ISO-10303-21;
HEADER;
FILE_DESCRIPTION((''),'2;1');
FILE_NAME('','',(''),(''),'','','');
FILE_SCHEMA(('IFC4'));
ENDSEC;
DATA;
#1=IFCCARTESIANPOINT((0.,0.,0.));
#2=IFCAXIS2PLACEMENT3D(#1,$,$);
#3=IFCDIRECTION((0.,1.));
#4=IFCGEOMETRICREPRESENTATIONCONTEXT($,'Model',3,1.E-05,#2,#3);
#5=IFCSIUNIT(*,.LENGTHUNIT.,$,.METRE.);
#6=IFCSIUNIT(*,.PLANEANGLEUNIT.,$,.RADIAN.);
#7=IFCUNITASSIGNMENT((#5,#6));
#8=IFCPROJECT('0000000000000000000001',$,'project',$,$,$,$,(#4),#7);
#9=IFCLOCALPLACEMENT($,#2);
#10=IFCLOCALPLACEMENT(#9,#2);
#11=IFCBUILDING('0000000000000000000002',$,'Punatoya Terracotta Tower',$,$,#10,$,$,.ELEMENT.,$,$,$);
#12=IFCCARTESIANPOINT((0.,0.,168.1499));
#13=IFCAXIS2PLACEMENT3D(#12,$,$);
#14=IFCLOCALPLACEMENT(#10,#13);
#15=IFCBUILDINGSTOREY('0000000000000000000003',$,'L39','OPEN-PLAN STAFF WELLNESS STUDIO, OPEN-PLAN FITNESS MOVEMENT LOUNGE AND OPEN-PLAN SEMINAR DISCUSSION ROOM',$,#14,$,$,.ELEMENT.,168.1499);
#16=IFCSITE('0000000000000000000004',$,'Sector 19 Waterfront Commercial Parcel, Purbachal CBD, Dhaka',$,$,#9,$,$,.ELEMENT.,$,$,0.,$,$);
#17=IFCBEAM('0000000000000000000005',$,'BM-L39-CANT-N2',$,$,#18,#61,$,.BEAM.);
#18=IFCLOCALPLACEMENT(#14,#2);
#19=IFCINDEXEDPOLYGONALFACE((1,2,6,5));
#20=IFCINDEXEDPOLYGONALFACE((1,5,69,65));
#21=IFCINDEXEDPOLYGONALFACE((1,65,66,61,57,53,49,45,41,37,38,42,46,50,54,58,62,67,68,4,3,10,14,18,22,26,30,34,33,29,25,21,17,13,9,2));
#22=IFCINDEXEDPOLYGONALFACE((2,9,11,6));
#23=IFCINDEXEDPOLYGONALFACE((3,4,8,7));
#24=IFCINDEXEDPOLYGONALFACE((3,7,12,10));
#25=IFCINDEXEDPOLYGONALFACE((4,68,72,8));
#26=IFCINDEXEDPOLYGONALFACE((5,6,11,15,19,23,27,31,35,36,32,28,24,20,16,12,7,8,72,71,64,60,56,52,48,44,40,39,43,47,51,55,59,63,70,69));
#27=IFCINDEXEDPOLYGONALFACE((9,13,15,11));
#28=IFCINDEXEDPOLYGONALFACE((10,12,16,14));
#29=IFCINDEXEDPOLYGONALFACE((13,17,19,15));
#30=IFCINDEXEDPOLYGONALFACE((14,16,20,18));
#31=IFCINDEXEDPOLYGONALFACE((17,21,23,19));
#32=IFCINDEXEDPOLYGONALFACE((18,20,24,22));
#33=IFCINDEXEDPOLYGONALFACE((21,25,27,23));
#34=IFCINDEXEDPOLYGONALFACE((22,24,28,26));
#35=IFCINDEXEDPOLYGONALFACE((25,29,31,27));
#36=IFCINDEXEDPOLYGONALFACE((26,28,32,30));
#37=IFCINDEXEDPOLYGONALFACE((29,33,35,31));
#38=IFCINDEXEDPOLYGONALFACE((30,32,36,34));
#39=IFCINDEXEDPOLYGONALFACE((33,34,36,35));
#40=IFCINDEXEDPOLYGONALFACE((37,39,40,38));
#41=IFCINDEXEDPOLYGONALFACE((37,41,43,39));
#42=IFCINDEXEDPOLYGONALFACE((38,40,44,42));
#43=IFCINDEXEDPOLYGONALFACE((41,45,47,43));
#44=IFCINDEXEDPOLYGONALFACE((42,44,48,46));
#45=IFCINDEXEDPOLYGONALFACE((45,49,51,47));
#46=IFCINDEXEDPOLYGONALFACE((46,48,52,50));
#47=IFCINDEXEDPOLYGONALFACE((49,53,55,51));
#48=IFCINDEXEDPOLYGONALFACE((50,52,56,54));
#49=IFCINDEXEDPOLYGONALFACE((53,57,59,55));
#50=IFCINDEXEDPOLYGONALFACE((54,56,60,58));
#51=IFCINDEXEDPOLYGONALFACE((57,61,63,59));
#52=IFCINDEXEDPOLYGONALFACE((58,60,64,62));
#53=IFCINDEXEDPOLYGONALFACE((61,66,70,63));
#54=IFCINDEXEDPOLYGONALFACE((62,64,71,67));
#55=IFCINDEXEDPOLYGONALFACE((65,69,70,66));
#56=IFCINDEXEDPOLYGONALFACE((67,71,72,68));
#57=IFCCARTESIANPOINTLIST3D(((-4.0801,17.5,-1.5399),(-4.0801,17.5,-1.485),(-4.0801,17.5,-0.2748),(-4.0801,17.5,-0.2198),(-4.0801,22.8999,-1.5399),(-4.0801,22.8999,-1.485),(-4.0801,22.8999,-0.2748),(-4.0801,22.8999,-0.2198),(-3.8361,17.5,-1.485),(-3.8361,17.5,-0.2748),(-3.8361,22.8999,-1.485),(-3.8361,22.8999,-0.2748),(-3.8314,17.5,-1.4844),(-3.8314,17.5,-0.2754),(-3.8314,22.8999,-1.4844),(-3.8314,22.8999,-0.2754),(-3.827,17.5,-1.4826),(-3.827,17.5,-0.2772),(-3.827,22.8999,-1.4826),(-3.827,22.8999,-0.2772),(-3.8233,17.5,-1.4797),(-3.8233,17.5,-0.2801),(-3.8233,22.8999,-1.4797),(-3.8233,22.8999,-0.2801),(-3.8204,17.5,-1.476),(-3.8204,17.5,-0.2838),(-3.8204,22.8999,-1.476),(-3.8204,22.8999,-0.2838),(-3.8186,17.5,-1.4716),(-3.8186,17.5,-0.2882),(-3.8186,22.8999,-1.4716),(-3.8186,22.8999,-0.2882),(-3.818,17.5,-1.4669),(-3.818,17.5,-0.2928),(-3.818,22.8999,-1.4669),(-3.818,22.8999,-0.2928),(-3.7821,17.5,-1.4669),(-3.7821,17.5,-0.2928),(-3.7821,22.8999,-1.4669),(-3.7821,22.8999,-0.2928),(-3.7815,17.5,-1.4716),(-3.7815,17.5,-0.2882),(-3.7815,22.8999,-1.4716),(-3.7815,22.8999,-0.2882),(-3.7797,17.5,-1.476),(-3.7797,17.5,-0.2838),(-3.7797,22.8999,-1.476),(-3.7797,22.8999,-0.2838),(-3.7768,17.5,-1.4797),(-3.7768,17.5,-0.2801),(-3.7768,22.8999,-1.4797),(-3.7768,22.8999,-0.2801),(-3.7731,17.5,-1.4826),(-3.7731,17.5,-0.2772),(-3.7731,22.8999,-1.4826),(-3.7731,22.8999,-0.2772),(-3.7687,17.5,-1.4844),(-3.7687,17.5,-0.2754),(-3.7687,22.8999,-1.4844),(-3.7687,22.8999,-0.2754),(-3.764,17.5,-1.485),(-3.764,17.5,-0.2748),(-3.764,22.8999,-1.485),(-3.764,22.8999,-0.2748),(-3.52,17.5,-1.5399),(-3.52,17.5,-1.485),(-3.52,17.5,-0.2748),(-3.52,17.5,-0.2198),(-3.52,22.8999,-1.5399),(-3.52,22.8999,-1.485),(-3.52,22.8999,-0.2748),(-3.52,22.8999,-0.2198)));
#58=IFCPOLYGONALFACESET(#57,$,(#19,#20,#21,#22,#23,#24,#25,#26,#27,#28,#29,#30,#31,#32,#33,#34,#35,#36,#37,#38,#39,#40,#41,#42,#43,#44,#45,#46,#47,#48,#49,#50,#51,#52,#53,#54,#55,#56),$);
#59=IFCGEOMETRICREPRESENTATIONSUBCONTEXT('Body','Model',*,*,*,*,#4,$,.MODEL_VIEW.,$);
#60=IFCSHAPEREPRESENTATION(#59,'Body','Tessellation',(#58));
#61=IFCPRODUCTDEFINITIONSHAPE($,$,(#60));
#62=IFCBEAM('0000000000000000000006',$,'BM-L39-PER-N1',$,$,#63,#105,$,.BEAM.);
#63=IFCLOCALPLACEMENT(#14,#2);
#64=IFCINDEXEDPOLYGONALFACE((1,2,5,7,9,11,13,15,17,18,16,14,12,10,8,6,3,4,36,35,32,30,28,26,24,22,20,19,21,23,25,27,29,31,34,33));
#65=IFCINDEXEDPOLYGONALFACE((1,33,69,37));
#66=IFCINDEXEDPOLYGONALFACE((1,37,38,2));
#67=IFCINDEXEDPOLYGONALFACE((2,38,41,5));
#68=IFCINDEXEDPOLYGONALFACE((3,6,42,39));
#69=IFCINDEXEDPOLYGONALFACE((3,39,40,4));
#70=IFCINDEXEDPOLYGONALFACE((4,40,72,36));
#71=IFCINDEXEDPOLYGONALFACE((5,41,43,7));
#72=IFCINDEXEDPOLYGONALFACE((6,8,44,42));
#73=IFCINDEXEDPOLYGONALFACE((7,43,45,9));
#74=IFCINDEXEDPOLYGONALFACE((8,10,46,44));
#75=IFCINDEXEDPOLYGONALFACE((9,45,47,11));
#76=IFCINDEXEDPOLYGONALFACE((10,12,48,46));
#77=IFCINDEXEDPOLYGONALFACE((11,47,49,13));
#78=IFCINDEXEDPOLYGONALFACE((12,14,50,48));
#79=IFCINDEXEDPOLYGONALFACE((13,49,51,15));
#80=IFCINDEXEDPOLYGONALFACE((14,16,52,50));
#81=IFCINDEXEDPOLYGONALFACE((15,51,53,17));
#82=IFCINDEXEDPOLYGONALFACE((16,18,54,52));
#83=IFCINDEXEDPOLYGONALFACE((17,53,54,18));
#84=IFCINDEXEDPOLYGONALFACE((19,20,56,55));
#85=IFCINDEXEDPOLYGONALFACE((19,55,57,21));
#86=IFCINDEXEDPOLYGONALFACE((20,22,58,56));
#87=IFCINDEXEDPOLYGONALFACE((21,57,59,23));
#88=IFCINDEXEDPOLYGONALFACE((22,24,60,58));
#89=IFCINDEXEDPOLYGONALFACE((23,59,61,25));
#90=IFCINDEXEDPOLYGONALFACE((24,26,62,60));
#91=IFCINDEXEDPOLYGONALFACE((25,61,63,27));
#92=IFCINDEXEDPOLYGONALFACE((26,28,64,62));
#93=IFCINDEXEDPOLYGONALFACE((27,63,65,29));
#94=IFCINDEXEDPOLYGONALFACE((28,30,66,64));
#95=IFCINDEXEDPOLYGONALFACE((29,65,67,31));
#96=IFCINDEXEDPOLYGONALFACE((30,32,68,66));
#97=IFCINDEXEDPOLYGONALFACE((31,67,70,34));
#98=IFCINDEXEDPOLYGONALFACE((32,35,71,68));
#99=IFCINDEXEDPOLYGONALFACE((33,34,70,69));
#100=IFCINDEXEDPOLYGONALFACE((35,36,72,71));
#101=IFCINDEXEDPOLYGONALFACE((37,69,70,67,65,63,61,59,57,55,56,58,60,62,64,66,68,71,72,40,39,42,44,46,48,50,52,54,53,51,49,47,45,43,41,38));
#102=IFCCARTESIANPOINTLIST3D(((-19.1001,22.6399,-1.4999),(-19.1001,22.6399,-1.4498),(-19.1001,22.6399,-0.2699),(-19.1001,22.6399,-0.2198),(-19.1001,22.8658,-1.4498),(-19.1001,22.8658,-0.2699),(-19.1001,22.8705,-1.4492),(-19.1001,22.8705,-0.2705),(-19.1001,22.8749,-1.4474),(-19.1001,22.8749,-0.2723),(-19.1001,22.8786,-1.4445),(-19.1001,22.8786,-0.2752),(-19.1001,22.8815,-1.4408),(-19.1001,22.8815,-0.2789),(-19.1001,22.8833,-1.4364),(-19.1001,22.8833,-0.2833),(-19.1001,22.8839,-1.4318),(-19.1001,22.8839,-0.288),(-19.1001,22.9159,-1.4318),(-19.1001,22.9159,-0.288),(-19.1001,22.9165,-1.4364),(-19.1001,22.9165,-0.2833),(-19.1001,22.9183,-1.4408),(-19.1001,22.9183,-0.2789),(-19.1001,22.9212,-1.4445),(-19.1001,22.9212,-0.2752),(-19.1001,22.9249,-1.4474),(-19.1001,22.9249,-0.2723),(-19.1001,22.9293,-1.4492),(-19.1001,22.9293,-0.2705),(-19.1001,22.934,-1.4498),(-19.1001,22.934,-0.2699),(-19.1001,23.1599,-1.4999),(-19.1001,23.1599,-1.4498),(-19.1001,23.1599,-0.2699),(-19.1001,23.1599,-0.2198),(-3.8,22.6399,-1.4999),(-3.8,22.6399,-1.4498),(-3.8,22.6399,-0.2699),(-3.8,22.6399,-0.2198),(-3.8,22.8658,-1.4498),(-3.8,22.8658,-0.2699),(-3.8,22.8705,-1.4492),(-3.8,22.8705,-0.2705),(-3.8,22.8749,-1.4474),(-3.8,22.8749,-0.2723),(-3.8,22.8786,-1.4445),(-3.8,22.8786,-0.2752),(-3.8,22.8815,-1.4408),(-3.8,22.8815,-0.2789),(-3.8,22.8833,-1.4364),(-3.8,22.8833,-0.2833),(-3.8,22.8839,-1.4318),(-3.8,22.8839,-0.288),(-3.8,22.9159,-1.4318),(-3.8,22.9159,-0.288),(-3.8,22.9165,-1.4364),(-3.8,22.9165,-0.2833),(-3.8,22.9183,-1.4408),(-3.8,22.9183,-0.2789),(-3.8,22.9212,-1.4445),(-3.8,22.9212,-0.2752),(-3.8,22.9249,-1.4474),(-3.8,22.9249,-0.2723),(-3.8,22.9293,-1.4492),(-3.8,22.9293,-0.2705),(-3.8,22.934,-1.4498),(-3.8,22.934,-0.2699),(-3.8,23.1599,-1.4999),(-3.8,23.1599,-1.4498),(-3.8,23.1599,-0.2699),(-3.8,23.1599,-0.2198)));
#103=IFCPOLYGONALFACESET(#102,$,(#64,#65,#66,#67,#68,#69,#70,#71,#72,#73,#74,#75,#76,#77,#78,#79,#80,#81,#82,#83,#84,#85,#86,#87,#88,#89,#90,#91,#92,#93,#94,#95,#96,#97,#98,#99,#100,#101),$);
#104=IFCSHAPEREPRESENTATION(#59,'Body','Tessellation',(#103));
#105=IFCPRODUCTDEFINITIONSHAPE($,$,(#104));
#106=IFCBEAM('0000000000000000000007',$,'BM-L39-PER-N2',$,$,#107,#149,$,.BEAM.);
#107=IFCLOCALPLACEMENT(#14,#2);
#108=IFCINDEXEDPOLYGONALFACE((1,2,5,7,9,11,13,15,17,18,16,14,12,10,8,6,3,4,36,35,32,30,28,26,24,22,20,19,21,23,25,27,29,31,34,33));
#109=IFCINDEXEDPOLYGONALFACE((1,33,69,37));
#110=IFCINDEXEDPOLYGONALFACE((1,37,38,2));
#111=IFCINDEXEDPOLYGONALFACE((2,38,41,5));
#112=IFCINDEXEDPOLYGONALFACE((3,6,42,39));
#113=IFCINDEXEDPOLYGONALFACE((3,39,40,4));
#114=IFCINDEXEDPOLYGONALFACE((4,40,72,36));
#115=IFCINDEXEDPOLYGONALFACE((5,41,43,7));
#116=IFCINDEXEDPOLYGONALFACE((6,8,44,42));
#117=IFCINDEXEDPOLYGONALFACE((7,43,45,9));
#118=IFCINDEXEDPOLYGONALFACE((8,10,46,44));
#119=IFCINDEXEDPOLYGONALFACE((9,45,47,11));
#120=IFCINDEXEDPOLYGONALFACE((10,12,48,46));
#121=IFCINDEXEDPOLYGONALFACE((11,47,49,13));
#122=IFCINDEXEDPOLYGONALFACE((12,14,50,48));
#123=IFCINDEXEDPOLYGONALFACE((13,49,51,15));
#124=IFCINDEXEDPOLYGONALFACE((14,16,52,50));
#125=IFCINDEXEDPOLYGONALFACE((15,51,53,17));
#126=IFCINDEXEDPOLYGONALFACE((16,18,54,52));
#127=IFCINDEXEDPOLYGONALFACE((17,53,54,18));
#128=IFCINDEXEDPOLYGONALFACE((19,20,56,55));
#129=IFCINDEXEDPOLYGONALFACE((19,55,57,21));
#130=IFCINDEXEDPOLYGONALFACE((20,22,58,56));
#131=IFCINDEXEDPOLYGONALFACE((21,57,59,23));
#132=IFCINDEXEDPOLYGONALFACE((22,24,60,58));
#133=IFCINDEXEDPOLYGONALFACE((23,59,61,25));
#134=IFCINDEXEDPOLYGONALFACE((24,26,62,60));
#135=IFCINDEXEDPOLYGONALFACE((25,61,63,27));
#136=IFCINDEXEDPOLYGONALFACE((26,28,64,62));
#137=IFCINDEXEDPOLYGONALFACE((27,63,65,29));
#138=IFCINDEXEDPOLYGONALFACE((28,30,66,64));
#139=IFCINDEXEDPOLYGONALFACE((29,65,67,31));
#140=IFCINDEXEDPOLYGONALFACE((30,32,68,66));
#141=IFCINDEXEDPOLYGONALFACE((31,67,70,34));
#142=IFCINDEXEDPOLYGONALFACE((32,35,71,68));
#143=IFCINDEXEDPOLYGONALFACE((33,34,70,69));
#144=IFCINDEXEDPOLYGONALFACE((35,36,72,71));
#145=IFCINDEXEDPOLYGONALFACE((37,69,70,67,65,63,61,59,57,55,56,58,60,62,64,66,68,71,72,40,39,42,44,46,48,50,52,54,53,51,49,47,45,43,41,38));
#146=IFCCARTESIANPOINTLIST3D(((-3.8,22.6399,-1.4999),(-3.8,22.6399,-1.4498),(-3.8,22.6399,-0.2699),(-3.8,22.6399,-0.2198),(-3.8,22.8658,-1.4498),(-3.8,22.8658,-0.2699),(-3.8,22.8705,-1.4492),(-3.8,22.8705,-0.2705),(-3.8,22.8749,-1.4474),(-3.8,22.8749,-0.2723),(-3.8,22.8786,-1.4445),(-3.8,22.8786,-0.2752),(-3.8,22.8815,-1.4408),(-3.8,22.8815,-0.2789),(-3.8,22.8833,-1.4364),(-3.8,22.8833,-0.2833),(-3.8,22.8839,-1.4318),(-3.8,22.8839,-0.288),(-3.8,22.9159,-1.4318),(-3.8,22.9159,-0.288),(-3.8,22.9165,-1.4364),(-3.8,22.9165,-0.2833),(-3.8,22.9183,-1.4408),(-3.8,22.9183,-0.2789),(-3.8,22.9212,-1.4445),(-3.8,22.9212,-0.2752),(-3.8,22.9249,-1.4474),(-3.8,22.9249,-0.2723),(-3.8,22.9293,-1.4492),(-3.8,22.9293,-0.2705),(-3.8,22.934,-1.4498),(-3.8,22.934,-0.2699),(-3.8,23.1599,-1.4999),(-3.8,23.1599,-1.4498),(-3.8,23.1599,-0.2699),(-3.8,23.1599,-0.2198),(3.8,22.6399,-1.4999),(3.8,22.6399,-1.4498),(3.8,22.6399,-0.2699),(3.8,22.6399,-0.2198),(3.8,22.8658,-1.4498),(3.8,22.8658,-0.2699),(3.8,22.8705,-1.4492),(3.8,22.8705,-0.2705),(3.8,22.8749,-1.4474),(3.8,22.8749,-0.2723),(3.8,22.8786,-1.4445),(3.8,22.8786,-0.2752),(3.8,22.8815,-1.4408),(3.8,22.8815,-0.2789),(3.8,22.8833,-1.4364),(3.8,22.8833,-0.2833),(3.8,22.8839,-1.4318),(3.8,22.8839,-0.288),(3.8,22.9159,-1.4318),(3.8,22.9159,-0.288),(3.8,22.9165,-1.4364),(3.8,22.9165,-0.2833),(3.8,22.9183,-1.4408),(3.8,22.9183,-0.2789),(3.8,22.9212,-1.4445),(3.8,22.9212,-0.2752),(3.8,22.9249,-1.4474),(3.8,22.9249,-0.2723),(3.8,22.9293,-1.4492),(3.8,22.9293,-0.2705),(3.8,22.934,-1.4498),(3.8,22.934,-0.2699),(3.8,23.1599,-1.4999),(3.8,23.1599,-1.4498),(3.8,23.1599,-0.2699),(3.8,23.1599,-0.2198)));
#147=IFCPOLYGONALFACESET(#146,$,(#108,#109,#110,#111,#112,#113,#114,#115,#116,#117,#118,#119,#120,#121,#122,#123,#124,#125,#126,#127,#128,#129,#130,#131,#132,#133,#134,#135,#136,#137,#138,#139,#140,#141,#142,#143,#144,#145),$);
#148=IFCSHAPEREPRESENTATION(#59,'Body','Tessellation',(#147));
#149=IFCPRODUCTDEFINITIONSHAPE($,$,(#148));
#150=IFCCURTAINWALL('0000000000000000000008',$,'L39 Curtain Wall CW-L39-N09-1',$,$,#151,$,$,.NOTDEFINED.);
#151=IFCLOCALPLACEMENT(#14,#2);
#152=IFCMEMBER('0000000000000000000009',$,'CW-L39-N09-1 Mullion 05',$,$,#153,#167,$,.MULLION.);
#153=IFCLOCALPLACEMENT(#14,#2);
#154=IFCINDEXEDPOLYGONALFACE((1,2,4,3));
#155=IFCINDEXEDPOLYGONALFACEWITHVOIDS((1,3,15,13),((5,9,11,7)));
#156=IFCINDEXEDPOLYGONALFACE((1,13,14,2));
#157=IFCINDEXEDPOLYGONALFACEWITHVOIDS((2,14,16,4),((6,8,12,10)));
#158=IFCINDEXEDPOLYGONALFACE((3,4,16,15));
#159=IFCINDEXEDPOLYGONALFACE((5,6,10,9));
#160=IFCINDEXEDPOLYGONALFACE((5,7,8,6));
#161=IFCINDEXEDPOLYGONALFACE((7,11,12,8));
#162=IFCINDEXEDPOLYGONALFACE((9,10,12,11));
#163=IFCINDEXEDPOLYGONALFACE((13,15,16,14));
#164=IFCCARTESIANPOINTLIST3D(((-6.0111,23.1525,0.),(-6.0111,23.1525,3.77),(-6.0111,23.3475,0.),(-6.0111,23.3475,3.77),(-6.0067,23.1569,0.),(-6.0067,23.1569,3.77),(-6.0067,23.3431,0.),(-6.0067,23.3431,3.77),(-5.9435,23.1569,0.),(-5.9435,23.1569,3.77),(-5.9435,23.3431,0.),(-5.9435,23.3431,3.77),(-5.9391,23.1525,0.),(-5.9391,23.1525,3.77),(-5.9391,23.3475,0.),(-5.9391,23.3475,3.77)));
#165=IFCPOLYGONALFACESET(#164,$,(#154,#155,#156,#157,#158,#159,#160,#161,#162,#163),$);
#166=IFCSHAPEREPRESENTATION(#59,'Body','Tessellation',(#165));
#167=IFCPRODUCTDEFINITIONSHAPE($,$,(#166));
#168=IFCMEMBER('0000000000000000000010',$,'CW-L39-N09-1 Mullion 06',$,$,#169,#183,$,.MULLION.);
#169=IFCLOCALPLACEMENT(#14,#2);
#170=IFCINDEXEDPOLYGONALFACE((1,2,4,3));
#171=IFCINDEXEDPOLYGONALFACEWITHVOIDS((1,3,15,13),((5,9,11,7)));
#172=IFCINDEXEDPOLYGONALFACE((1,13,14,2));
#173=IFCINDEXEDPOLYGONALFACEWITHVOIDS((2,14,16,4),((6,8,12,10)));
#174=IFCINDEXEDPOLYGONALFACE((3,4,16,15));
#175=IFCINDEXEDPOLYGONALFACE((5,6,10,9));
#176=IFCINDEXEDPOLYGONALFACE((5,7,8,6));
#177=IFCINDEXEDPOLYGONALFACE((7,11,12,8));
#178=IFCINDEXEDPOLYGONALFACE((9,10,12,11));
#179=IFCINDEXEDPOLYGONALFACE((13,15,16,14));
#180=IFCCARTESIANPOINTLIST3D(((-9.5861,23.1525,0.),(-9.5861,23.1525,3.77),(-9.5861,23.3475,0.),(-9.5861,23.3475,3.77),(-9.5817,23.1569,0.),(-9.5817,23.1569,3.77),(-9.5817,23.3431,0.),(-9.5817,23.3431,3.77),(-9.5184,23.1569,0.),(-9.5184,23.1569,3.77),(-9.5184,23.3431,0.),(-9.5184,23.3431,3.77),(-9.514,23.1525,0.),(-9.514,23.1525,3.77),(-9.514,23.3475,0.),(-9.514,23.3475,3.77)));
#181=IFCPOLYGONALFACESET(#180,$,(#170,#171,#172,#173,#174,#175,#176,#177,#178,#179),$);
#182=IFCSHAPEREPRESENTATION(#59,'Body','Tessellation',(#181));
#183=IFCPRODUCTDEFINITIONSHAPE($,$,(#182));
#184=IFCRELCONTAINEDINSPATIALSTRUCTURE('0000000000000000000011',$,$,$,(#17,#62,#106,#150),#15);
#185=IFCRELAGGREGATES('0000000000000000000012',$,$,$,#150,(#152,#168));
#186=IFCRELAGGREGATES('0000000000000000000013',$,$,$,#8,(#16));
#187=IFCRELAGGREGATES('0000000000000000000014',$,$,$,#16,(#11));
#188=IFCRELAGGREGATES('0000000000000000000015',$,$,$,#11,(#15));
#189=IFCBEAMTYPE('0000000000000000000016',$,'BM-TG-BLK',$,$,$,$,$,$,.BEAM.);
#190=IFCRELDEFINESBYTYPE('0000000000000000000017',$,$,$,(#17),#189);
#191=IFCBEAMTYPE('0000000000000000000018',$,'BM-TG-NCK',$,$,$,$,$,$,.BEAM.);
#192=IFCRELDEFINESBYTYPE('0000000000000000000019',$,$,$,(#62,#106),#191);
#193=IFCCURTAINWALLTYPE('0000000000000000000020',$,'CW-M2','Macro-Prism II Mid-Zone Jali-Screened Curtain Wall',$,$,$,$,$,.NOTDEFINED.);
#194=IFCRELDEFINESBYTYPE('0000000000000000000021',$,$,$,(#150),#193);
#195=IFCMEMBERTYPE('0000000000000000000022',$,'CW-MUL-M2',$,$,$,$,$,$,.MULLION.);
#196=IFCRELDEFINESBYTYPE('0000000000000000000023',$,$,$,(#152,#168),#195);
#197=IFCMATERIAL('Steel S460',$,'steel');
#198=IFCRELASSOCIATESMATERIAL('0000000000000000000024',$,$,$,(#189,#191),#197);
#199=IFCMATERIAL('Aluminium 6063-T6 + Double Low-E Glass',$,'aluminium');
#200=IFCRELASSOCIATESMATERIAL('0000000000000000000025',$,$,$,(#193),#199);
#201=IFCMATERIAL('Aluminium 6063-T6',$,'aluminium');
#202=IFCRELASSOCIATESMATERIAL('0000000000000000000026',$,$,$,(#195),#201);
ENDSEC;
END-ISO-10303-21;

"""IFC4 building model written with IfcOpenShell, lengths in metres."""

from ifc_helpers import new_model, si_unit, direction, frame, origin, origin_2d, place, context, subcontext, project, spatial, hollow_rectangle, i_section, extrude, material, material_profile, profile_set, type_object, element, aggregate, save


model = new_model("IFC4")

# Units and contexts
model_context = context("Model", 3, precision=1e-05, world=origin(), true_north=direction((0.0, 1.0)))
body_context = subcontext(model_context, "Body", "Model", "MODEL_VIEW")
ifc_project = project(units=[si_unit("LENGTHUNIT", "METRE"), si_unit("PLANEANGLEUNIT", "RADIAN")], contexts=[model_context])

# Site, building, storey
site_placement = place(None, origin())
site = spatial("IfcSite", under=ifc_project, at=site_placement, Name="Sector 19 Waterfront Commercial Parcel, Purbachal CBD, Dhaka", CompositionType="ELEMENT", RefElevation=0.0)
building_placement = place(site_placement, origin())
building = spatial("IfcBuilding", under=site, at=building_placement, Name="Punatoya Terracotta Tower", CompositionType="ELEMENT")
storey_placement = place(building_placement, frame((0.0, 0.0, 168.1499)))
storey = spatial("IfcBuildingStorey", under=building, at=storey_placement, Name="L39", Description="OPEN-PLAN STAFF WELLNESS STUDIO, OPEN-PLAN FITNESS MOVEMENT LOUNGE AND OPEN-PLAN SEMINAR DISCUSSION ROOM", CompositionType="ELEMENT", Elevation=168.1499)

# Shared definitions
ifc_material_1 = material(Name="Steel S460", Category="steel")

# Beams
ifc_material_profile_1 = material_profile(ifc_material_1, i_section(OverallWidth=0.5601, OverallDepth=1.3201, WebThickness=0.0359, FlangeThickness=0.0549, FilletRadius=0.0181, at=origin_2d()))
ifc_profile_set_1 = profile_set([ifc_material_profile_1], Name="Steel S460")
beam_type_1 = type_object("IfcBeamType", Name="BM-TG-BLK", PredefinedType="BEAM", material=ifc_profile_set_1)
beam_1_placement = place(storey_placement, frame((-3.8, 17.5, -0.8799), z_axis=(0.0, 1.0, 0.0), x_axis=(-1.0, 0.0, 0.0)))
element("IfcBeam", 1, at=beam_1_placement, inside=storey, type_object=beam_type_1, Name="BM-L39-CANT-N2", PredefinedType="BEAM", context=body_context, shape_type="SweptSolid", body=[
    extrude(i_section(OverallWidth=0.5601, OverallDepth=1.3201, WebThickness=0.0359, FlangeThickness=0.0549, FilletRadius=0.0181, at=origin_2d()), origin(), (0.0, 0.0, 1.0), 5.3999),
])
ifc_material_profile_2 = material_profile(ifc_material_1, i_section(OverallWidth=0.52, OverallDepth=1.28, WebThickness=0.032, FlangeThickness=0.05, FilletRadius=0.0181, at=origin_2d()))
ifc_profile_set_2 = profile_set([ifc_material_profile_2], Name="Steel S460")
beam_type_2 = type_object("IfcBeamType", Name="BM-TG-NCK", PredefinedType="BEAM", material=ifc_profile_set_2)
beam_2_placement = place(storey_placement, frame((-19.1001, 22.8999, -0.8599), z_axis=(1.0, 0.0, 0.0), x_axis=(0.0, 1.0, 0.0)))
element("IfcBeam", 2, at=beam_2_placement, inside=storey, type_object=beam_type_2, Name="BM-L39-PER-N1", PredefinedType="BEAM", context=body_context, shape_type="SweptSolid", body=[
    extrude(i_section(OverallWidth=0.52, OverallDepth=1.28, WebThickness=0.032, FlangeThickness=0.05, FilletRadius=0.0181, at=origin_2d()), origin(), (0.0, 0.0, 1.0), 15.3),
])
beam_3_placement = place(storey_placement, frame((-3.8, 22.8999, -0.8599), z_axis=(1.0, 0.0, 0.0), x_axis=(0.0, 1.0, 0.0)))
element("IfcBeam", 3, at=beam_3_placement, inside=storey, type_object=beam_type_2, Name="BM-L39-PER-N2", PredefinedType="BEAM", context=body_context, shape_type="SweptSolid", body=[
    extrude(i_section(OverallWidth=0.52, OverallDepth=1.28, WebThickness=0.032, FlangeThickness=0.05, FilletRadius=0.0181, at=origin_2d()), origin(), (0.0, 0.0, 1.0), 7.6001),
])

# Curtain wall, members
ifc_material_2 = material(Name="Aluminium 6063-T6 + Double Low-E Glass", Category="aluminium")
curtain_wall_type = type_object("IfcCurtainWallType", Name="CW-M2", Description="Macro-Prism II Mid-Zone Jali-Screened Curtain Wall", PredefinedType="NOTDEFINED", material=ifc_material_2)
curtain_wall_placement = place(storey_placement, origin())
curtain_wall = element("IfcCurtainWall", 4, at=curtain_wall_placement, inside=storey, type_object=curtain_wall_type, Name="L39 Curtain Wall CW-L39-N09-1", PredefinedType="NOTDEFINED")
ifc_material_3 = material(Name="Aluminium 6063-T6", Category="aluminium")
ifc_material_profile_3 = material_profile(ifc_material_3, hollow_rectangle(XDim=0.072, YDim=0.1951, WallThickness=0.0044, at=origin_2d()))
ifc_profile_set_3 = profile_set([ifc_material_profile_3], Name="Aluminium 6063-T6")
member_type_1 = type_object("IfcMemberType", Name="CW-MUL-M2", PredefinedType="MULLION", material=ifc_profile_set_3)
member_1_placement = place(storey_placement, frame((-5.9751, 23.25, 0.0), z_axis=(0.0, 0.0, 1.0), x_axis=(1.0, 0.0, 0.0)))
member_1 = element("IfcMember", 5, at=member_1_placement, type_object=member_type_1, Name="CW-L39-N09-1 Mullion 05", PredefinedType="MULLION", context=body_context, shape_type="SweptSolid", body=[
    extrude(hollow_rectangle(XDim=0.072, YDim=0.1951, WallThickness=0.0044, at=origin_2d()), origin(), (0.0, 0.0, 1.0), 3.77),
])
member_2_placement = place(storey_placement, frame((-9.55, 23.25, 0.0), z_axis=(0.0, 0.0, 1.0), x_axis=(1.0, 0.0, 0.0)))
member_2 = element("IfcMember", 6, at=member_2_placement, type_object=member_type_1, Name="CW-L39-N09-1 Mullion 06", PredefinedType="MULLION", context=body_context, shape_type="SweptSolid", body=[
    extrude(hollow_rectangle(XDim=0.072, YDim=0.1951, WallThickness=0.0044, at=origin_2d()), origin(), (0.0, 0.0, 1.0), 3.77),
])

aggregate(curtain_wall, [member_1, member_2])

save(model, "model.ifc")
